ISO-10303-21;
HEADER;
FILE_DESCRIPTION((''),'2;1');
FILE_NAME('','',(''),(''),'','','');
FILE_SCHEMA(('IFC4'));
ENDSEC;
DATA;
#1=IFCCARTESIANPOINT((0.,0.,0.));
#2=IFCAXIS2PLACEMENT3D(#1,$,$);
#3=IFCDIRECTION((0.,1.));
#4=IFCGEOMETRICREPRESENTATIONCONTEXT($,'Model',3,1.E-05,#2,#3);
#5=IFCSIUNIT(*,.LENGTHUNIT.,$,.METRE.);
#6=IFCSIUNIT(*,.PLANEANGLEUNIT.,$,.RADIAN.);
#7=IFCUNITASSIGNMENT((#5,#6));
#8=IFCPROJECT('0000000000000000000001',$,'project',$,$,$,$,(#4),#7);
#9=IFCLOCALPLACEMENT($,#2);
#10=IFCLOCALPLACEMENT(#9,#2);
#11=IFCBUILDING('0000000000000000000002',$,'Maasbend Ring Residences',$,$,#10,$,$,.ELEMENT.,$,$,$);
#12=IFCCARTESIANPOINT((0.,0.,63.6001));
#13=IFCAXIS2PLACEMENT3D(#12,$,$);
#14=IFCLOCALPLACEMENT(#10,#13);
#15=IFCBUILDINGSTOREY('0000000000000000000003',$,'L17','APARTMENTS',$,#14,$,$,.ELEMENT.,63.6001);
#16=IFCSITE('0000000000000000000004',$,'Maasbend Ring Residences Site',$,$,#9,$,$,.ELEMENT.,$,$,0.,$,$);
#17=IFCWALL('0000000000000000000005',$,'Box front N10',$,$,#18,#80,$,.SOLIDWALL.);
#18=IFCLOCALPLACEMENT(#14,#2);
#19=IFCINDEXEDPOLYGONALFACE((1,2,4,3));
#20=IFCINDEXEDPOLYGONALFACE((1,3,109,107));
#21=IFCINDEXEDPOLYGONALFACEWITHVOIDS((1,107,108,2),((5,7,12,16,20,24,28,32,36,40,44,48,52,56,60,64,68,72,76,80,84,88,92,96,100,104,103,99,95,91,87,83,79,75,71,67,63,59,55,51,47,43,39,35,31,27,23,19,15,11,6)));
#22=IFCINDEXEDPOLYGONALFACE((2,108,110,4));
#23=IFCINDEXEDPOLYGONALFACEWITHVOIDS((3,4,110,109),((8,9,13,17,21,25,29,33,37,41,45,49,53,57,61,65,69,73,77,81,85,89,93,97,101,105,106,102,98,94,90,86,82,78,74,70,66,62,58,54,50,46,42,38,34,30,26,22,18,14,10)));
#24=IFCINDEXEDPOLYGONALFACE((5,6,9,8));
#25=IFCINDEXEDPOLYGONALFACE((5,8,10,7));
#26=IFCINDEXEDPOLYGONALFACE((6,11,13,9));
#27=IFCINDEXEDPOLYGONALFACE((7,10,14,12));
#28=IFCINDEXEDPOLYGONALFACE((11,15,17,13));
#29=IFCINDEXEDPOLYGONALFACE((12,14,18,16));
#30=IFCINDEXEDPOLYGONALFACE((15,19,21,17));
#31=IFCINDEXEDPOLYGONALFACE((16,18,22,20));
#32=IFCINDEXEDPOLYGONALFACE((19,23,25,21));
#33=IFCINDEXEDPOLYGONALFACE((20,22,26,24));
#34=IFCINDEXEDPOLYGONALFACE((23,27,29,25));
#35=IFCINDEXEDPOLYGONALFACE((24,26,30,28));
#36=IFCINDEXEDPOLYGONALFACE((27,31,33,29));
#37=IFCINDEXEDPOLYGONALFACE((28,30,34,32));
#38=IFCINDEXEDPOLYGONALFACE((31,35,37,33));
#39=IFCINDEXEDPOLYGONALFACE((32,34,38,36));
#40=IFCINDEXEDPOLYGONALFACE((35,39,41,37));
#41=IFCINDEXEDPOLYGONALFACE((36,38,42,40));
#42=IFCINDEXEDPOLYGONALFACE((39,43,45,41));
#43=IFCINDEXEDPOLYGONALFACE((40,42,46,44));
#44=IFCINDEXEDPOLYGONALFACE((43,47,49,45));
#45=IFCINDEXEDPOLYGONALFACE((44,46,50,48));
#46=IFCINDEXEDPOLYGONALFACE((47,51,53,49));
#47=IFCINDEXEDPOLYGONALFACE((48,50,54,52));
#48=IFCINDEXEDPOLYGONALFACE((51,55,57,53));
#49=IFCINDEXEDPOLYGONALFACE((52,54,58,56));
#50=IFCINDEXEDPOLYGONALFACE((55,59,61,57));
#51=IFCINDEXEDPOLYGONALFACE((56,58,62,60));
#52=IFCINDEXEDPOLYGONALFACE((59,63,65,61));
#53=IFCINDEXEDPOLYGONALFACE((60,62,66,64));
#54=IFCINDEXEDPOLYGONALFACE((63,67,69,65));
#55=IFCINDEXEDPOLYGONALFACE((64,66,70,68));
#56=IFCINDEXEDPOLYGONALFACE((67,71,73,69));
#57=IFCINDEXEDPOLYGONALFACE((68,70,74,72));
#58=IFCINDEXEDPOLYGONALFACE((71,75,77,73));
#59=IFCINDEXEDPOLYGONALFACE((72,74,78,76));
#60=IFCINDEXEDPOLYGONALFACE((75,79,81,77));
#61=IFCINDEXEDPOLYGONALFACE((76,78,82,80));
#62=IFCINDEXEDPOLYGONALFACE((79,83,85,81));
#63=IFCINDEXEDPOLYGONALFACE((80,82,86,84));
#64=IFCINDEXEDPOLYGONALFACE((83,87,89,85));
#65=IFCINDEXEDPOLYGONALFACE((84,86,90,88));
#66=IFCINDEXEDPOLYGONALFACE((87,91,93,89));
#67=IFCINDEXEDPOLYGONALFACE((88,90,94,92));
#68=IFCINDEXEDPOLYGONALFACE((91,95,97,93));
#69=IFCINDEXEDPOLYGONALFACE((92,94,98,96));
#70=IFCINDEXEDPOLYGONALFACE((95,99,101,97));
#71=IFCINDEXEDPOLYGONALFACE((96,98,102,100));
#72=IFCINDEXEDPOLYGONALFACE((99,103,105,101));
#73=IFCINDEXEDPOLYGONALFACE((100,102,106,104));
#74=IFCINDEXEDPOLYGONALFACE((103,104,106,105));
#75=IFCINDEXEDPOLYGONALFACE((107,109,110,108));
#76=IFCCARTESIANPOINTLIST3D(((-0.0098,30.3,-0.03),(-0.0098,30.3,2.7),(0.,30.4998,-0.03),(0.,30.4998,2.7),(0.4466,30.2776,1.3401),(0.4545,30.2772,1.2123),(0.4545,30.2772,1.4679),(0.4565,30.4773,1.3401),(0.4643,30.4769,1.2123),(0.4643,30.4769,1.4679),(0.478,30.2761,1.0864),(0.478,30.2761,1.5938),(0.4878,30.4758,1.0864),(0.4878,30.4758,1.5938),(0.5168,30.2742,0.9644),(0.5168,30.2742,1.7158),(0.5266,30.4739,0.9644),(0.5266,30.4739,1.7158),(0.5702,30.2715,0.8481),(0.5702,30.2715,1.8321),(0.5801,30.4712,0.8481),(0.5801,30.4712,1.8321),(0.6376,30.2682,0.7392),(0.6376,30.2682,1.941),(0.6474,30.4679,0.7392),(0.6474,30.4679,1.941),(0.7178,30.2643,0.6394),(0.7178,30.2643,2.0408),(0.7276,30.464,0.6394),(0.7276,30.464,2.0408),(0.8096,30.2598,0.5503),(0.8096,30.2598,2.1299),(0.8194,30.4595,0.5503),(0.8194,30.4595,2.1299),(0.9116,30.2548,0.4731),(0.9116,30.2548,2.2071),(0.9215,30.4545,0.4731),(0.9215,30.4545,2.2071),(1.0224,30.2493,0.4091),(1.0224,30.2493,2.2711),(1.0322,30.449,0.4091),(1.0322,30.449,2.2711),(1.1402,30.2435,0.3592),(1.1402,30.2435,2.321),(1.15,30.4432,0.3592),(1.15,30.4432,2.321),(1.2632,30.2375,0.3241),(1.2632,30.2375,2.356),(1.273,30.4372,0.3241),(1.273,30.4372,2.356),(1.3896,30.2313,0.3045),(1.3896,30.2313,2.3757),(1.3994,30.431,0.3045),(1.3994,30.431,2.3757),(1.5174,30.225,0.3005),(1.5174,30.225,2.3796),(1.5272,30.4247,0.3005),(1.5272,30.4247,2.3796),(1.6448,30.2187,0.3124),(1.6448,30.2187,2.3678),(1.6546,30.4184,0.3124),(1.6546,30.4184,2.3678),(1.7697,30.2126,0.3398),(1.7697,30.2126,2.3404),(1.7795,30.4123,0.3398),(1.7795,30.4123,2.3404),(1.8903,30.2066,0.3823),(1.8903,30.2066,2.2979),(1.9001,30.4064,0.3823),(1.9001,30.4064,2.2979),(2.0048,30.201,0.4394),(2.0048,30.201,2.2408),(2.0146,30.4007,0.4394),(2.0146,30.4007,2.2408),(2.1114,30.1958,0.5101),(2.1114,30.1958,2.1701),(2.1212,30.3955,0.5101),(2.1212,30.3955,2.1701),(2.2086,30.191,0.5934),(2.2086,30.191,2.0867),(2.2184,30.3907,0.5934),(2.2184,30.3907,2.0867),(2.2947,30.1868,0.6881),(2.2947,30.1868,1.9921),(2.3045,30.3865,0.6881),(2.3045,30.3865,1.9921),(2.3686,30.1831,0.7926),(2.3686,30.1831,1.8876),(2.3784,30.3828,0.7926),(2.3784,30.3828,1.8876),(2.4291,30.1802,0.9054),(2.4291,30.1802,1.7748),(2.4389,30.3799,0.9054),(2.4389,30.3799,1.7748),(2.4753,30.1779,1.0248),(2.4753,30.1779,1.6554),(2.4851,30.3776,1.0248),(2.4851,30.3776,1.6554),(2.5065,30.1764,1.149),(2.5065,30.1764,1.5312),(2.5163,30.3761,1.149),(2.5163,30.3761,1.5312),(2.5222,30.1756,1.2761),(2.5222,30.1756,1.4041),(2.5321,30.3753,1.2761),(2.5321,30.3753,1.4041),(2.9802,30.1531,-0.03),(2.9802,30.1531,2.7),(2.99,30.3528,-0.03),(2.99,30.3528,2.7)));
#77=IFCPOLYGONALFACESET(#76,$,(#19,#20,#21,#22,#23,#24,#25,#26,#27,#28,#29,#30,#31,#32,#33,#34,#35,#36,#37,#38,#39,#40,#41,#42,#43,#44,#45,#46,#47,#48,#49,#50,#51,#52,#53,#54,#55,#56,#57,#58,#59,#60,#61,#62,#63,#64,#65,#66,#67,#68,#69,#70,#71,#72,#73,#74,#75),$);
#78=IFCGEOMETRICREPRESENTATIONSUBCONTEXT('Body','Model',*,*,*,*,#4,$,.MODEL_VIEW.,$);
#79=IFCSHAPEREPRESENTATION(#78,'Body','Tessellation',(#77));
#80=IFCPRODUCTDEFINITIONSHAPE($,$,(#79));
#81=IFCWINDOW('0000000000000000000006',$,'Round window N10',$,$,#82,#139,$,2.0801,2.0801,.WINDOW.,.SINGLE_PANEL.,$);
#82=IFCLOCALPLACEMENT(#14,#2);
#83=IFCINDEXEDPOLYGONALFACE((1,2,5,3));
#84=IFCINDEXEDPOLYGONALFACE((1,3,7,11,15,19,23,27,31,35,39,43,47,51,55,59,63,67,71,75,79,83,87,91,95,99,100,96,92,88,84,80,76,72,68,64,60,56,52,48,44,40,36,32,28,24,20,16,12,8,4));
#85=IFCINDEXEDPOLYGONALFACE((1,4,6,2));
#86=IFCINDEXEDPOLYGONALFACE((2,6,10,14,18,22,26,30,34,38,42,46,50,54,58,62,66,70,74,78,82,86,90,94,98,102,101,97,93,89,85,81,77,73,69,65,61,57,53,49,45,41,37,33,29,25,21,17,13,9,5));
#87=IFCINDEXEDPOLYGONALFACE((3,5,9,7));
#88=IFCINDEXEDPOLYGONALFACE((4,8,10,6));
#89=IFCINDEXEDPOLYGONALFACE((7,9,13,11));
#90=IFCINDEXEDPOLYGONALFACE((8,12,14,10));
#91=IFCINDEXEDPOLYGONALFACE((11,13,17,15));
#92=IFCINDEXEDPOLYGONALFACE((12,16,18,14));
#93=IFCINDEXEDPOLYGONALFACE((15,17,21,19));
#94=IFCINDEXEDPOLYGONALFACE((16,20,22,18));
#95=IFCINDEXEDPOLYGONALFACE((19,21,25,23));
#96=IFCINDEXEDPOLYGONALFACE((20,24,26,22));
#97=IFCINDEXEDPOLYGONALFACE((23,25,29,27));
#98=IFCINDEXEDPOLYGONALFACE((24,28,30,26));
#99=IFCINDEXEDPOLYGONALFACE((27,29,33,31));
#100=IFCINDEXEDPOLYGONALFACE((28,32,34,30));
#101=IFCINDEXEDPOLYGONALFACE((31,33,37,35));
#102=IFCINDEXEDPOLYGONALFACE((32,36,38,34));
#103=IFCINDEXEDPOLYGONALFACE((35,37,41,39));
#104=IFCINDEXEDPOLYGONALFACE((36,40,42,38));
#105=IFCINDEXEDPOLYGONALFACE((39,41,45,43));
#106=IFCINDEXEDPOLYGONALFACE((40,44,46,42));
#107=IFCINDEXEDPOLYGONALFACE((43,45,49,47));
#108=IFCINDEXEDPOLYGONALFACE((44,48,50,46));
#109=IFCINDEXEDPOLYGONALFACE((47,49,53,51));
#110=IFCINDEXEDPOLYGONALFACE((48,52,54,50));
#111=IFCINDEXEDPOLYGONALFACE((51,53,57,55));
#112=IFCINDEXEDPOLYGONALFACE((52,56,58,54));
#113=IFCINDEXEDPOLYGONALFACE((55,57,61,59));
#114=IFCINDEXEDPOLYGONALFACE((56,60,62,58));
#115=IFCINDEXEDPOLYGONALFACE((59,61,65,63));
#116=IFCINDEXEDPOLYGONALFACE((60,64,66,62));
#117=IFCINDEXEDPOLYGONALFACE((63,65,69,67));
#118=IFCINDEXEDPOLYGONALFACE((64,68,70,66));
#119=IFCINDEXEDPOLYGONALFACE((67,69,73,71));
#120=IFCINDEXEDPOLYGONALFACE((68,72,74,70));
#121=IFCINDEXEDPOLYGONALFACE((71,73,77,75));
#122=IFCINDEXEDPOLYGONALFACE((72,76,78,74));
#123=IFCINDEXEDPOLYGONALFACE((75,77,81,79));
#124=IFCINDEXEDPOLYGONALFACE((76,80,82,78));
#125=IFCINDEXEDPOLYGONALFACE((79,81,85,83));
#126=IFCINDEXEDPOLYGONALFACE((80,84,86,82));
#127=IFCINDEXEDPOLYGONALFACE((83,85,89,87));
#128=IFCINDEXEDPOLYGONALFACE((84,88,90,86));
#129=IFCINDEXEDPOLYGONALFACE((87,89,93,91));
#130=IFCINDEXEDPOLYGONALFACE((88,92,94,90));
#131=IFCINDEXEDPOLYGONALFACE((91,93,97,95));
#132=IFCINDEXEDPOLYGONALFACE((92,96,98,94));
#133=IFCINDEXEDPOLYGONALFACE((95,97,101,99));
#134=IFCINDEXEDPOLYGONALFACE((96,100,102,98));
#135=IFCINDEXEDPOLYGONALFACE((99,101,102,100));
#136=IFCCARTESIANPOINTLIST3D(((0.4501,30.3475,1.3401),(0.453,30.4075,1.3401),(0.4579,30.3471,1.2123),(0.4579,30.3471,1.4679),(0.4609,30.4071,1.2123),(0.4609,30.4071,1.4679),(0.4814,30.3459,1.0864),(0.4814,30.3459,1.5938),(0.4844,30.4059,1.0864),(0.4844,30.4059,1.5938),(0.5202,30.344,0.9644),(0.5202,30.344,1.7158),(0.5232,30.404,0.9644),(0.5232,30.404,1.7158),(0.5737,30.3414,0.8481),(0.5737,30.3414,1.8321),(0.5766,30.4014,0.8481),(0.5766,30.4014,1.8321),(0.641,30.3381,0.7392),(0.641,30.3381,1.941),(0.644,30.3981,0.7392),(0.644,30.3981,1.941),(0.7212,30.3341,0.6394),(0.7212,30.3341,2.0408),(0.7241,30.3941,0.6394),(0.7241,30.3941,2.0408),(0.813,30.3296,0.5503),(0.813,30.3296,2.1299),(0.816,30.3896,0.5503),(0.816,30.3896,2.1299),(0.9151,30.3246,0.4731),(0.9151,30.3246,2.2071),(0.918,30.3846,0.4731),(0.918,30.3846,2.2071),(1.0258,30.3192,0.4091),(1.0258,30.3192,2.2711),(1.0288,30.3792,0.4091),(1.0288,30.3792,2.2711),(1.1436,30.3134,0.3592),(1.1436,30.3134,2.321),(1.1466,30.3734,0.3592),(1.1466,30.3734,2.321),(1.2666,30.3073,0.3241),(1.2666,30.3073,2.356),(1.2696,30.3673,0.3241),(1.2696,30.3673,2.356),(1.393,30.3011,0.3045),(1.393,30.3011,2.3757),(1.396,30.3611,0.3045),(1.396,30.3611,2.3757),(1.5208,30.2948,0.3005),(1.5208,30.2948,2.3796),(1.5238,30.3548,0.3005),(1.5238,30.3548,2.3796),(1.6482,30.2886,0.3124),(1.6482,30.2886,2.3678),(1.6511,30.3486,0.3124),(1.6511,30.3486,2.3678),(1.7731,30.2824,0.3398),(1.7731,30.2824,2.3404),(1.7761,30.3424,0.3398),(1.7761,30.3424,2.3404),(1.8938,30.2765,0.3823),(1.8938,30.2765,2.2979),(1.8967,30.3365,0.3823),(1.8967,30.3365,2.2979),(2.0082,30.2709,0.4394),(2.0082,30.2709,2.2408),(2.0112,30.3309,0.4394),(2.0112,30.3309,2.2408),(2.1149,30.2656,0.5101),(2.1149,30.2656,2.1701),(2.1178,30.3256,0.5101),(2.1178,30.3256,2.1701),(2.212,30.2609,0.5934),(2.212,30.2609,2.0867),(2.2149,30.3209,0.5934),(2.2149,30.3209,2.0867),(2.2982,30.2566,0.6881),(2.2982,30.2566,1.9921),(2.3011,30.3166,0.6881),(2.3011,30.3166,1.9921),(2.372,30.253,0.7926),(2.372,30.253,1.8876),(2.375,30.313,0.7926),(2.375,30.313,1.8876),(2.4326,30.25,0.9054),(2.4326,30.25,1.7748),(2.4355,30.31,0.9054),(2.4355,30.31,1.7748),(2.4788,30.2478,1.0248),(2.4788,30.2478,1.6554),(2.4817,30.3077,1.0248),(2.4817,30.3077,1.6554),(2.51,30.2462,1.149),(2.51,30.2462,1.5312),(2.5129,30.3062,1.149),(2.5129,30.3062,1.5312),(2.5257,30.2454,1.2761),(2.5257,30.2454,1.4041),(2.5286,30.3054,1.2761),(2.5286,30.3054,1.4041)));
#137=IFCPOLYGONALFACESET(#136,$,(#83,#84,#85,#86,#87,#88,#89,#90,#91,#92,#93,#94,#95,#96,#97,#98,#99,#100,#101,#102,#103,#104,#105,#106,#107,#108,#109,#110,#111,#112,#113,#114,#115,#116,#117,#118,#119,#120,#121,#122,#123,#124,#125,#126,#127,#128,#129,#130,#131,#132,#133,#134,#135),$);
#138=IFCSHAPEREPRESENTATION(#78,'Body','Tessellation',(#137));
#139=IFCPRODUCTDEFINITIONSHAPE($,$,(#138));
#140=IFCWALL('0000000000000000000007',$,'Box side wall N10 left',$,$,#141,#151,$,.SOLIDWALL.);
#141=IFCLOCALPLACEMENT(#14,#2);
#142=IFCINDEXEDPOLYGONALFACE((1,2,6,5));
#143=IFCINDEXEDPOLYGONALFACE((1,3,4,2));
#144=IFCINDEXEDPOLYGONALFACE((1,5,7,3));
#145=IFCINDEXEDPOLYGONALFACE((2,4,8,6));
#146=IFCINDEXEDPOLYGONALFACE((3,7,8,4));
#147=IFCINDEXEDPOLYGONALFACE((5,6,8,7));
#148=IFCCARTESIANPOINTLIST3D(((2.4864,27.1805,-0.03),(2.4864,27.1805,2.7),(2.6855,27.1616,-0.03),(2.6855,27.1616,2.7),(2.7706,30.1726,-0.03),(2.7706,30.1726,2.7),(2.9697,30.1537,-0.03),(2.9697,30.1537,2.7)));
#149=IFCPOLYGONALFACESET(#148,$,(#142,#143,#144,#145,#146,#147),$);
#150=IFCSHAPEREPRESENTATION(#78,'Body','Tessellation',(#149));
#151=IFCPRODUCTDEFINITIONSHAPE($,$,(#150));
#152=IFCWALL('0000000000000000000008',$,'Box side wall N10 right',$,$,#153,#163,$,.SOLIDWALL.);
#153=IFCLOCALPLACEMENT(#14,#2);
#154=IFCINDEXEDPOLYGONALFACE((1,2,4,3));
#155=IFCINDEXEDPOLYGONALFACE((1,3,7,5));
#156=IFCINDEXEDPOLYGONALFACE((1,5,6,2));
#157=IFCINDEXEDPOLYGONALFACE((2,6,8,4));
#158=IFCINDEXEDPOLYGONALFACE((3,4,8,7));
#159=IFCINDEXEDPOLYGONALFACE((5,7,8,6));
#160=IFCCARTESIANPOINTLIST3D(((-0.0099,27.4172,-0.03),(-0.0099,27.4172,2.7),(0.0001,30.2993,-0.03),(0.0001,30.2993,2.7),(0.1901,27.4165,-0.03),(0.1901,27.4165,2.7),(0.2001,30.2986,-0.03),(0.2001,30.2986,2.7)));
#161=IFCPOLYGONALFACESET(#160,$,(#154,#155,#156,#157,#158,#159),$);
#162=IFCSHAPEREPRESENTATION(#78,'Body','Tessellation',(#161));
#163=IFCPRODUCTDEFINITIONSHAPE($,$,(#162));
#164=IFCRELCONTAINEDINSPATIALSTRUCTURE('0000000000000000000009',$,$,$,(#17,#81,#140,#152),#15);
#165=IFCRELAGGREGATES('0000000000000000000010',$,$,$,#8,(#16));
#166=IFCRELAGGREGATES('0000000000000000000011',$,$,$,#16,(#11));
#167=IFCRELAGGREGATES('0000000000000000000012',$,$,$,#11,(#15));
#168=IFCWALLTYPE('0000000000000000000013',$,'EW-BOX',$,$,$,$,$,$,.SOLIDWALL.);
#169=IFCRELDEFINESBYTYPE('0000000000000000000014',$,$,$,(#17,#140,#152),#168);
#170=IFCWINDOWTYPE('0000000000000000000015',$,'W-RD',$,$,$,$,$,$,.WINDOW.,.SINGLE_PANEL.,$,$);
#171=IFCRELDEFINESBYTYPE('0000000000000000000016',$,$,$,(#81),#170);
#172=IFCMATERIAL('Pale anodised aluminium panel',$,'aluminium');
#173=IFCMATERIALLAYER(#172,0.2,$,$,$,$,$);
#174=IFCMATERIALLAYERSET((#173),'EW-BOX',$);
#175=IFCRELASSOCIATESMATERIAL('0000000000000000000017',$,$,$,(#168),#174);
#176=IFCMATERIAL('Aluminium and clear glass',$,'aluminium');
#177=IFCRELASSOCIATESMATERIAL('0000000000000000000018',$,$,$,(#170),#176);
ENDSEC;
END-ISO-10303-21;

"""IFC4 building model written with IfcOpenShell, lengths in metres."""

from ifc_helpers import new_model, si_unit, direction, frame, frame_2d, origin, place, context, subcontext, project, spatial, rectangle, circle, extrude, material, layer, layer_set, type_object, element, fill, save


model = new_model("IFC4")

# Units and contexts
model_context = context("Model", 3, precision=1e-05, world=origin(), true_north=direction((0.0, 1.0)))
body_context = subcontext(model_context, "Body", "Model", "MODEL_VIEW")
ifc_project = project(units=[si_unit("LENGTHUNIT", "METRE"), si_unit("PLANEANGLEUNIT", "RADIAN")], contexts=[model_context])

# Site, building, storey
site_placement = place(None, origin())
site = spatial("IfcSite", under=ifc_project, at=site_placement, Name="Maasbend Ring Residences Site", CompositionType="ELEMENT", RefElevation=0.0)
building_placement = place(site_placement, origin())
building = spatial("IfcBuilding", under=site, at=building_placement, Name="Maasbend Ring Residences", CompositionType="ELEMENT")
storey_placement = place(building_placement, frame((0.0, 0.0, 63.6001)))
storey = spatial("IfcBuildingStorey", under=building, at=storey_placement, Name="L17", Description="APARTMENTS", CompositionType="ELEMENT", Elevation=63.6001)

# Shared definitions
ifc_material_1 = material(Name="Pale anodised aluminium panel", Category="aluminium")
ifc_layer_1 = layer(ifc_material_1, 0.2)
ifc_layer_set_1 = layer_set([ifc_layer_1], Name="EW-BOX")
wall_type_1 = type_object("IfcWallType", Name="EW-BOX", PredefinedType="SOLIDWALL", material=ifc_layer_set_1)
ifc_material_2 = material(Name="Aluminium and clear glass", Category="aluminium")
window_type_1 = type_object("IfcWindowType", Name="W-RD", PartitioningType="SINGLE_PANEL", PredefinedType="WINDOW", material=ifc_material_2)

# Wall, opening, window
wall_1_placement = place(storey_placement, frame((2.9851, 30.2529, -0.03), z_axis=(0.0, 0.0, 1.0), x_axis=(-0.998794, 0.049096, 0.0)))
wall_1 = element("IfcWall", 1, at=wall_1_placement, inside=storey, type_object=wall_type_1, Name="Box front N10", PredefinedType="SOLIDWALL", context=body_context, shape_type="SweptSolid", body=[
    extrude(rectangle(XDim=2.9937, YDim=0.2, at=frame_2d((1.4968, 0.0))), origin(), (0.0, 0.0, 1.0), 2.73),
])
opening_1_placement = place(wall_1_placement, frame((0.4565, 0.0, 0.3301)))
opening_1 = element("IfcOpeningElement", 2, at=opening_1_placement, cuts=wall_1, PredefinedType="OPENING", context=body_context, shape_type="SweptSolid", body=[
    extrude(circle(Radius=1.04, at=frame_2d((1.04, 1.04))), frame((0.0, 0.1099, 0.0), z_axis=(0.0, -1.0, 0.0), x_axis=(1.0, 0.0, 0.0)), (0.0, 0.0, 1.0), 0.22),
])
window_1_placement = place(opening_1_placement, origin())
window_1 = element("IfcWindow", 3, at=window_1_placement, inside=storey, type_object=window_type_1, Name="Round window N10", OverallHeight=2.0801, OverallWidth=2.0801, PartitioningType="SINGLE_PANEL", PredefinedType="WINDOW", context=body_context, shape_type="SweptSolid", body=[
    extrude(circle(Radius=1.04, at=frame_2d((1.04, 1.04))), frame((0.0, 0.03, 0.0), z_axis=(0.0, -1.0, 0.0), x_axis=(1.0, 0.0, 0.0)), (0.0, 0.0, 1.0), 0.0601),
])
fill(opening_1, window_1)

# Walls
wall_2_placement = place(storey_placement, frame((2.5859, 27.1709, -0.03), z_axis=(0.0, 0.0, 1.0), x_axis=(0.094548, 0.99552, 0.0)))
element("IfcWall", 4, at=wall_2_placement, inside=storey, type_object=wall_type_1, Name="Box side wall N10 left", PredefinedType="SOLIDWALL", context=body_context, shape_type="SweptSolid", body=[
    extrude(rectangle(XDim=3.0056, YDim=0.2, at=frame_2d((1.5029, 0.0))), origin(), (0.0, 0.0, 1.0), 2.73),
])
wall_3_placement = place(storey_placement, frame((0.0901, 27.417, -0.03), z_axis=(0.0, 0.0, 1.0), x_axis=(0.003473, 0.999994, 0.0)))
element("IfcWall", 5, at=wall_3_placement, inside=storey, type_object=wall_type_1, Name="Box side wall N10 right", PredefinedType="SOLIDWALL", context=body_context, shape_type="SweptSolid", body=[
    extrude(rectangle(XDim=2.8821, YDim=0.2, at=frame_2d((1.4409, 0.0))), origin(), (0.0, 0.0, 1.0), 2.73),
])

save(model, "model.ifc")
